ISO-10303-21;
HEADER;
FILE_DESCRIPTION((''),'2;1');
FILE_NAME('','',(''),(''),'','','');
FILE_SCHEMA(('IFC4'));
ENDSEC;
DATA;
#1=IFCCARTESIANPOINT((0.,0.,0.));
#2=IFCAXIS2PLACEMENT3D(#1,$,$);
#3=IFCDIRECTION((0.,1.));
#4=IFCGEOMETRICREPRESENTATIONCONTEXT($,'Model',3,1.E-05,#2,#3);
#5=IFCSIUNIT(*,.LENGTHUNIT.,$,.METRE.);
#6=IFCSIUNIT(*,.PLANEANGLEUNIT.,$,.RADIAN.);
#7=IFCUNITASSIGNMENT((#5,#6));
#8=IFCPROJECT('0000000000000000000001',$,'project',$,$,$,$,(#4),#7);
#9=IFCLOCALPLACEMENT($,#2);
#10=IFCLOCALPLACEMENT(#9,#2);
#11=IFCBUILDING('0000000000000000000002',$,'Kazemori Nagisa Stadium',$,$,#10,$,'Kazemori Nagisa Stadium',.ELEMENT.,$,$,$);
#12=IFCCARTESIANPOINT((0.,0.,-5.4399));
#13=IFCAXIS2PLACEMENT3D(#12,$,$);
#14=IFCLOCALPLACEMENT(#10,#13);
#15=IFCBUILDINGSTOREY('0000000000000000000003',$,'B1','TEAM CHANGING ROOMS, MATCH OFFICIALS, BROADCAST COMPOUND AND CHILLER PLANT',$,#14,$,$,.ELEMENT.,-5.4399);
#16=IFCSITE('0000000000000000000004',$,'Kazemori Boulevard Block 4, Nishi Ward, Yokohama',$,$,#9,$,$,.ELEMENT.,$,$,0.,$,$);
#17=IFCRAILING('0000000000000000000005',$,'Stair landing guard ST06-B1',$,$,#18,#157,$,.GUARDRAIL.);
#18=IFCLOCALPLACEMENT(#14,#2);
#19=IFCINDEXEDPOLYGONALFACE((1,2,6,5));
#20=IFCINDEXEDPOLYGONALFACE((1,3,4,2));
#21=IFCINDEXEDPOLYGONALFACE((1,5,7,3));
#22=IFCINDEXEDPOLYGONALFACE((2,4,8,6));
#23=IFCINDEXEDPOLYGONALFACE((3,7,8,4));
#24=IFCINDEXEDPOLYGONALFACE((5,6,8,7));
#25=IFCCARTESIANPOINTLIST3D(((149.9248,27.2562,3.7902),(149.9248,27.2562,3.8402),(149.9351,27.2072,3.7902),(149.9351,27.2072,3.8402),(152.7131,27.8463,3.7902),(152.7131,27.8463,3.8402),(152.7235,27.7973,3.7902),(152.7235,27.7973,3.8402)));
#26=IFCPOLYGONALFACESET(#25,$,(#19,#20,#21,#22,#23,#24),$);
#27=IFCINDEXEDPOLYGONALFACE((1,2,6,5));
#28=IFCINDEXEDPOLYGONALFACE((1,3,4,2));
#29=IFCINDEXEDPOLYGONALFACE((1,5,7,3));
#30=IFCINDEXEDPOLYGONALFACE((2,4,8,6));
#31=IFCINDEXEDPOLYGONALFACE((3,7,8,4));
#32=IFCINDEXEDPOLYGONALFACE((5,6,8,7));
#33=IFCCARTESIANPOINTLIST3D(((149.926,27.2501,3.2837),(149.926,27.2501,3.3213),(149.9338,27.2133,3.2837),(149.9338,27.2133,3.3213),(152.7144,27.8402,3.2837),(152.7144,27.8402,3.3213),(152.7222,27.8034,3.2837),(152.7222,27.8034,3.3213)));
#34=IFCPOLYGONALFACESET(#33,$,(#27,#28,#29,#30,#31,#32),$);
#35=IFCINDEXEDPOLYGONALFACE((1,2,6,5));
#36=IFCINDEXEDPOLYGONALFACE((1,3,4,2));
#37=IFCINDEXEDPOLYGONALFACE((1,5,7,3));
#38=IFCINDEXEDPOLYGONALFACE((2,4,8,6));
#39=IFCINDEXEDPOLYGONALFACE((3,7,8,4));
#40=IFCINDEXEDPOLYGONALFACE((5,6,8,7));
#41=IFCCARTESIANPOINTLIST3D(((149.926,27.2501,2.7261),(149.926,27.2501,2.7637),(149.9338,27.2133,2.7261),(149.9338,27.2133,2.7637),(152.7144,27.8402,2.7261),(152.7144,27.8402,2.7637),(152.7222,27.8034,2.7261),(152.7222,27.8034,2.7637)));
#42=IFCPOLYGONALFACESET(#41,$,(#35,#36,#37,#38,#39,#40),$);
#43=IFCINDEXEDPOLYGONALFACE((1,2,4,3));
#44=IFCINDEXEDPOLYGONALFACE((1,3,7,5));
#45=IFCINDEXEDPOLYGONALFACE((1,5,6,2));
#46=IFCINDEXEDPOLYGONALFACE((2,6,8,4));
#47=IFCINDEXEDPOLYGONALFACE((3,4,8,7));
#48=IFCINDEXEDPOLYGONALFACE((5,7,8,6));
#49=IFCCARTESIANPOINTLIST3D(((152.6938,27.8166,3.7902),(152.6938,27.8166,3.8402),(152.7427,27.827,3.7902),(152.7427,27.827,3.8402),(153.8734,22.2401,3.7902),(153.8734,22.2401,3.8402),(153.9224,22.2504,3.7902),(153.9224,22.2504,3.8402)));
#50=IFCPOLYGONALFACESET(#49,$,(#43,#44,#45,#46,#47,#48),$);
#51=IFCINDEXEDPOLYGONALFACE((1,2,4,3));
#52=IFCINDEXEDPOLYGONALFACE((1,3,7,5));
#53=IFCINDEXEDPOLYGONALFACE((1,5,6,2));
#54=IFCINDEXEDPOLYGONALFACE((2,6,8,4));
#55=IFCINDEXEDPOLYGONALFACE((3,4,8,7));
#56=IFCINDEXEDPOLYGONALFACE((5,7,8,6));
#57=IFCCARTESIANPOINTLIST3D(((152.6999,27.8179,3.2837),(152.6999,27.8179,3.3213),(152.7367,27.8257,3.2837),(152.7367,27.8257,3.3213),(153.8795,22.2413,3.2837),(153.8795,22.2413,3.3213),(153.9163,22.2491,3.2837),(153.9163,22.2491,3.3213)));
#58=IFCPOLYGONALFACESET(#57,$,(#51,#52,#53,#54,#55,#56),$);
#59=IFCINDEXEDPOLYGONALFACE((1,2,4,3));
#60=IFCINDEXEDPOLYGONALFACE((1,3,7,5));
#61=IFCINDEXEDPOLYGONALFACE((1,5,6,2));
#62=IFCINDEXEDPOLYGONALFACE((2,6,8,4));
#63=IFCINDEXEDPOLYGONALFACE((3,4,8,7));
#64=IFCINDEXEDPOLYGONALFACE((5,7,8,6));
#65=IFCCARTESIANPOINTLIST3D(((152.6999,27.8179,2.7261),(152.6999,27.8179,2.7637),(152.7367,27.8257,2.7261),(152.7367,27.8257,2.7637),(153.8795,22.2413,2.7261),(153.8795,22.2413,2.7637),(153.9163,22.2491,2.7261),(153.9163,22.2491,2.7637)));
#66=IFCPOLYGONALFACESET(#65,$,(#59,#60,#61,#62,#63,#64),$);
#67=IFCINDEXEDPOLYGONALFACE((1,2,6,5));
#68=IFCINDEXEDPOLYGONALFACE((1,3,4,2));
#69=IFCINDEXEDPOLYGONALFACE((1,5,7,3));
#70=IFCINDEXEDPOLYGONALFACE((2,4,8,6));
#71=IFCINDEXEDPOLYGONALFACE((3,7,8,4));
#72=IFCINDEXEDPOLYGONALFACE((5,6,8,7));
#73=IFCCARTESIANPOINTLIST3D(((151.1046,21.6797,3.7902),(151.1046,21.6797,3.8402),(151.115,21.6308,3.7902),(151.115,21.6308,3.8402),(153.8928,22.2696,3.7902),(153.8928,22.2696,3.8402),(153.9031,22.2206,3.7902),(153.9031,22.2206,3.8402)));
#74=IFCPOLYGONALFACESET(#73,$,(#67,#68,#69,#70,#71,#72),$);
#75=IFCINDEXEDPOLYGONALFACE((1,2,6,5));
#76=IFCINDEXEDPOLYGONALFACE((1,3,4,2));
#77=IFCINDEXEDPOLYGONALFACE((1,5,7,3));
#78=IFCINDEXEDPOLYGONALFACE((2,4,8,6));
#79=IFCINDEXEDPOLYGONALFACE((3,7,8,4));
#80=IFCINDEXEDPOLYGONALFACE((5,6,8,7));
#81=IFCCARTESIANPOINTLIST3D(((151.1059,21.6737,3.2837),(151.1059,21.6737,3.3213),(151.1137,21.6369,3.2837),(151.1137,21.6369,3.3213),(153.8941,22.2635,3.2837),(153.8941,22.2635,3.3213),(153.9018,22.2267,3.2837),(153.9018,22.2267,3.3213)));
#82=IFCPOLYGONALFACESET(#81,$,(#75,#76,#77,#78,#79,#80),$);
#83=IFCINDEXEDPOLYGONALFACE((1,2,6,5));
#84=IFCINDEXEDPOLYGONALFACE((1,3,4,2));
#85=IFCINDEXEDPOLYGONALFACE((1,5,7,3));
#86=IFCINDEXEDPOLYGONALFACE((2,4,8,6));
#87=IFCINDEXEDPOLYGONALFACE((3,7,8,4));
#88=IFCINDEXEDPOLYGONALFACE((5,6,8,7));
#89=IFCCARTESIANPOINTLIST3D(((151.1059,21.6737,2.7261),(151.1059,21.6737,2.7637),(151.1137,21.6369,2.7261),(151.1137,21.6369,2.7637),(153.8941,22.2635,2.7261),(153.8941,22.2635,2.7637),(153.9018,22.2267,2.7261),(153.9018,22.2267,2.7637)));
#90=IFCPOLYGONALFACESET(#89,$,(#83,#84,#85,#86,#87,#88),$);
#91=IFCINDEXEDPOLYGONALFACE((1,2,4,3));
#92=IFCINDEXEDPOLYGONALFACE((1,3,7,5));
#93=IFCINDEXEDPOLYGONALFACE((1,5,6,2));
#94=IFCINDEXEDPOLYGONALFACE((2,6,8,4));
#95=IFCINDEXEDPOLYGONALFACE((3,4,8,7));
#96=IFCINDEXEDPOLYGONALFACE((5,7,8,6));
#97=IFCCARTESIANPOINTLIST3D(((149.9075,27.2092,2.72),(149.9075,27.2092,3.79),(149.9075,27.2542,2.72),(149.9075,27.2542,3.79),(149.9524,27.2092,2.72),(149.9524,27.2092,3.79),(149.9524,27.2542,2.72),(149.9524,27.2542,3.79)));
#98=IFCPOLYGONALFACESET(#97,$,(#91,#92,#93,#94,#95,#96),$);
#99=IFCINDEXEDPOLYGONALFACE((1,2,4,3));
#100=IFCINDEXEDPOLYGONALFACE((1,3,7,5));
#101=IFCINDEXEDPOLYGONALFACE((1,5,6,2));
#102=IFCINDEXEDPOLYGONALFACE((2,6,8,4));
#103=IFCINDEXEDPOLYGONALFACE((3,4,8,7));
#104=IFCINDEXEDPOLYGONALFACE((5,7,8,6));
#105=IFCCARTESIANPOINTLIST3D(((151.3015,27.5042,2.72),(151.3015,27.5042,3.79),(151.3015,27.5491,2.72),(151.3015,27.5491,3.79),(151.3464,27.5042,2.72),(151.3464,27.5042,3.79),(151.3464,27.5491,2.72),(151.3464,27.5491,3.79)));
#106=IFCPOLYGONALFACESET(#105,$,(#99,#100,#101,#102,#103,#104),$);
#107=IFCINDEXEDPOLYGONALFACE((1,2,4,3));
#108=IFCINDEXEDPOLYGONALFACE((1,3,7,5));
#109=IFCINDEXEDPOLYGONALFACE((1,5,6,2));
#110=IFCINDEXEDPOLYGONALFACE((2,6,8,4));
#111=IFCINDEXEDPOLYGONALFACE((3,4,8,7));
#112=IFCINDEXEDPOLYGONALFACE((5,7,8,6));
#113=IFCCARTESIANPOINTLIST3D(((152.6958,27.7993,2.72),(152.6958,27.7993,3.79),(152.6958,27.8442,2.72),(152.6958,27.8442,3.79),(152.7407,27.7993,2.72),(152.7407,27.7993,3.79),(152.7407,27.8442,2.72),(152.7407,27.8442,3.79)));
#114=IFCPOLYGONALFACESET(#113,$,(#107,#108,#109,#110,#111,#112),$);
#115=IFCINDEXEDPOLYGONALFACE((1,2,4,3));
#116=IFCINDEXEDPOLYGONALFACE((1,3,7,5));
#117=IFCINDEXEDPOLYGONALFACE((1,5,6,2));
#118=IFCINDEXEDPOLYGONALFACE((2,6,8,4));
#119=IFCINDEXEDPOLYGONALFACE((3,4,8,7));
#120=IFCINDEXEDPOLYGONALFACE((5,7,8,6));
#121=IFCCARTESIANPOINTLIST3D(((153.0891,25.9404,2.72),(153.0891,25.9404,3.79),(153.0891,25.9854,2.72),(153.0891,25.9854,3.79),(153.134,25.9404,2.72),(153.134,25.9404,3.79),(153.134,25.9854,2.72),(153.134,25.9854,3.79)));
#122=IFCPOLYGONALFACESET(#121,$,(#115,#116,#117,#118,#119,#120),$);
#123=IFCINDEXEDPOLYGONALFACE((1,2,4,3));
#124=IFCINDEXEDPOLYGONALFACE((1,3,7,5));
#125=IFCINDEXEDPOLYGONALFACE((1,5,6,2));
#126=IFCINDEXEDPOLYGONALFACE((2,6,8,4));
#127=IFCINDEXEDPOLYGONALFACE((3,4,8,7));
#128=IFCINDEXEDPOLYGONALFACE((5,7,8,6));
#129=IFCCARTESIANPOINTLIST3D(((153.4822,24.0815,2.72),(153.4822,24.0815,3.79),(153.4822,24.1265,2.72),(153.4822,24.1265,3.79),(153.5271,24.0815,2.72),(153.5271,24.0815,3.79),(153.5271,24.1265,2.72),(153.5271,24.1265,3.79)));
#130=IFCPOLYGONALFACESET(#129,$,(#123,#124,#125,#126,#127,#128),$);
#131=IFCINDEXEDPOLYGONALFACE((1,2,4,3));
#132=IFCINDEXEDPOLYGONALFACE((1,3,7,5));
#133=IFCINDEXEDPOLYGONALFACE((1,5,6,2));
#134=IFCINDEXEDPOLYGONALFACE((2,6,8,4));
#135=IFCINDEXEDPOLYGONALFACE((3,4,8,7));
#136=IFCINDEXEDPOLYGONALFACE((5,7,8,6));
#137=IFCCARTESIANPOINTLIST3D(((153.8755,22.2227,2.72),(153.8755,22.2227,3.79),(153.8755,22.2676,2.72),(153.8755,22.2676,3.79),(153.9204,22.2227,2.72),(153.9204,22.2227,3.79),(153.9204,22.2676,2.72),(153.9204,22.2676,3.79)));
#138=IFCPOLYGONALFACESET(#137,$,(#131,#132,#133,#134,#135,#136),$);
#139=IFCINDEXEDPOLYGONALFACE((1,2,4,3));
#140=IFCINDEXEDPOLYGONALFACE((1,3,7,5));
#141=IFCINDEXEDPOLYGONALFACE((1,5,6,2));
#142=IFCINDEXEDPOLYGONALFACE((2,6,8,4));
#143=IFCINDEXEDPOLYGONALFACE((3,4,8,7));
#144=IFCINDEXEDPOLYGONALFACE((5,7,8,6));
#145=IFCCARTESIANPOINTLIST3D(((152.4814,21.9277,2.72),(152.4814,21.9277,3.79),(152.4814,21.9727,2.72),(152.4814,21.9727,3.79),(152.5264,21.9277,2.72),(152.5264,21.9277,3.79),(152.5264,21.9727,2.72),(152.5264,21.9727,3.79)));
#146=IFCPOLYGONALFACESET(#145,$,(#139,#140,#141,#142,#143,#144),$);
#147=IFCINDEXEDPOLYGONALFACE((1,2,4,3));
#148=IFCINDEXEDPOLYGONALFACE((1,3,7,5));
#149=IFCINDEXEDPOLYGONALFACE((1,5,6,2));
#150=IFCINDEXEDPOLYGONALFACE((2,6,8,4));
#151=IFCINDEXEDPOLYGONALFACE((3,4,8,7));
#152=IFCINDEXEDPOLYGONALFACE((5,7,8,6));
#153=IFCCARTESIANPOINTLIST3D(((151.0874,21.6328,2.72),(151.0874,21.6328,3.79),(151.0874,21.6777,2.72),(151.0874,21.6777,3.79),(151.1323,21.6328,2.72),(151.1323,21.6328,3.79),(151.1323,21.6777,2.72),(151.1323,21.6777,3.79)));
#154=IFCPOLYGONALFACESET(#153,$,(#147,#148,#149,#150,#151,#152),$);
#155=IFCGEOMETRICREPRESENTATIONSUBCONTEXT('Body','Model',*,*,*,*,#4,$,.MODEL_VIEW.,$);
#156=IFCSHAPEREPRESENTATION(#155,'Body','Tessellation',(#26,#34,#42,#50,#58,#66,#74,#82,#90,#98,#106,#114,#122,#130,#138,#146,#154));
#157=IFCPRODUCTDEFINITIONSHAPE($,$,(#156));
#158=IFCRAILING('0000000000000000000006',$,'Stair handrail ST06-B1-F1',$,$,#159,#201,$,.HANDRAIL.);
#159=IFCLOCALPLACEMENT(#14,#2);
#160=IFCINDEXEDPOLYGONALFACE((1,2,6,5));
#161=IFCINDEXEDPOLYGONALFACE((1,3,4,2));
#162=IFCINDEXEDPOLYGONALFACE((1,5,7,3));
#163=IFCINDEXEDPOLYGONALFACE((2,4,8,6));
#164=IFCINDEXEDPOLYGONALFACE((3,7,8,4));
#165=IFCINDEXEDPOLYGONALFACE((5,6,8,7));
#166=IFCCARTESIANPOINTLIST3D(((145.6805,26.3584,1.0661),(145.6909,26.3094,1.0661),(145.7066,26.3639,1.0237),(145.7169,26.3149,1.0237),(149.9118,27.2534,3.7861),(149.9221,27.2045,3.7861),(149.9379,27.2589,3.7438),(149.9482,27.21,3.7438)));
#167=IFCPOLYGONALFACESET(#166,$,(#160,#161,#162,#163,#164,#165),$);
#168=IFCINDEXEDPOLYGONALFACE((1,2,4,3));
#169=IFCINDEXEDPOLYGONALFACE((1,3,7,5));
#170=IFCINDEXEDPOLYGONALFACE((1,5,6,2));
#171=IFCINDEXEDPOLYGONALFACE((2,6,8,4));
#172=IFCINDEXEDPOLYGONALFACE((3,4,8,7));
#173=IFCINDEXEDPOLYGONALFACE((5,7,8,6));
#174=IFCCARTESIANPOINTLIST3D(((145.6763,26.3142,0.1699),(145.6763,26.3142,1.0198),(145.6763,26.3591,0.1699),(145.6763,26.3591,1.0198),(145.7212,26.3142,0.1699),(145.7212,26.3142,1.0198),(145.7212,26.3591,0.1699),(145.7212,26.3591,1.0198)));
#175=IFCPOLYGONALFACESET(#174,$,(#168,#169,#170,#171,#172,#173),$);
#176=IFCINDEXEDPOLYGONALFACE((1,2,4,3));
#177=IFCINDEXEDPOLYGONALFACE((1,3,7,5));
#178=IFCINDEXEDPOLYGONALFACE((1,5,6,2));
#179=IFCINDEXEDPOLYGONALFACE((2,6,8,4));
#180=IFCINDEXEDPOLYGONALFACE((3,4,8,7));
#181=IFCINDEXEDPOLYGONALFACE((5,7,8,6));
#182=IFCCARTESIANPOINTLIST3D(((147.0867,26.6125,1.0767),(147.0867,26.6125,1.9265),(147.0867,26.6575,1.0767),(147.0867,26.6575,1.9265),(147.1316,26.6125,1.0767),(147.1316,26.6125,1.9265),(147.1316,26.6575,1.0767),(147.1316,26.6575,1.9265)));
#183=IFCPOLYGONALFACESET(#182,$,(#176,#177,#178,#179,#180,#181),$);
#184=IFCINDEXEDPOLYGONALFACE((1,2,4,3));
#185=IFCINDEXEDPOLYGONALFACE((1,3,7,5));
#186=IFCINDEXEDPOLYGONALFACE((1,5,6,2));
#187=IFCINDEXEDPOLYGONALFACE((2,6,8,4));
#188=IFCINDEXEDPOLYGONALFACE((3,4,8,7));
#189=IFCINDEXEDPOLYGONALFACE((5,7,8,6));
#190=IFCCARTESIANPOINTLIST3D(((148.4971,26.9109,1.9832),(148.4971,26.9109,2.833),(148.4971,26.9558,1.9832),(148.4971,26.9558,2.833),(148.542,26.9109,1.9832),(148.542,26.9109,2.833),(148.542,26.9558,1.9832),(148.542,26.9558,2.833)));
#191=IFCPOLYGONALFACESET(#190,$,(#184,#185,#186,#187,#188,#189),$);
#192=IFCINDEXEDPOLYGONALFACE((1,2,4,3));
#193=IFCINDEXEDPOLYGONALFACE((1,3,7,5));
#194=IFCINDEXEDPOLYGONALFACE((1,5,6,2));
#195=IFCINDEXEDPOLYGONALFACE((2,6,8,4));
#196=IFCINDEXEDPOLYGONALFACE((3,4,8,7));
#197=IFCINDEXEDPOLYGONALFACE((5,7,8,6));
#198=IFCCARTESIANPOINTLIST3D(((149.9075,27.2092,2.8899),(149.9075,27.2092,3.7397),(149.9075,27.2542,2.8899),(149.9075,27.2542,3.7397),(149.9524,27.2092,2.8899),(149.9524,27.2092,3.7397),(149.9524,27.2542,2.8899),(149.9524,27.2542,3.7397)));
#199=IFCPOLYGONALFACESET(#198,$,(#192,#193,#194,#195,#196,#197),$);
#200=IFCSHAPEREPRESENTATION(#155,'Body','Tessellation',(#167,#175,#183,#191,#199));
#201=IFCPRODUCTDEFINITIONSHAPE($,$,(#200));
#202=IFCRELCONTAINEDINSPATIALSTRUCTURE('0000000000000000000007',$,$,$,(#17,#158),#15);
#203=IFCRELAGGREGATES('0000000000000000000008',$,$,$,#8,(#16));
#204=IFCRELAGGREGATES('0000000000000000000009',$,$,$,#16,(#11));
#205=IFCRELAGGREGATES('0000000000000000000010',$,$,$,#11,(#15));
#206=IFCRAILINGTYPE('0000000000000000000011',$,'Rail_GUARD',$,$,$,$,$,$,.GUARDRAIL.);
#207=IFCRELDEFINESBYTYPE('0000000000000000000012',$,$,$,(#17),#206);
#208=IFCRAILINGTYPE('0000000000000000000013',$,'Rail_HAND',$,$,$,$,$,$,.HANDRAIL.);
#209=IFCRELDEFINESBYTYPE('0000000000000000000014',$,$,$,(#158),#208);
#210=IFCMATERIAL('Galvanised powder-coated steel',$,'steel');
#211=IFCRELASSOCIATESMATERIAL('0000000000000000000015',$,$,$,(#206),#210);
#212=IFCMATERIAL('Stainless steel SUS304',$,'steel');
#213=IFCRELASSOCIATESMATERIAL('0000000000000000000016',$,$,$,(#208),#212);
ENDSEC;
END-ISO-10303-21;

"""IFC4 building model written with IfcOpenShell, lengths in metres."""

from ifc_helpers import new_model, si_unit, direction, frame, origin, origin_2d, place, context, subcontext, project, spatial, rectangle, extrude, material, type_object, element, save


model = new_model("IFC4")

# Units and contexts
model_context = context("Model", 3, precision=1e-05, world=origin(), true_north=direction((0.0, 1.0)))
body_context = subcontext(model_context, "Body", "Model", "MODEL_VIEW")
ifc_project = project(units=[si_unit("LENGTHUNIT", "METRE"), si_unit("PLANEANGLEUNIT", "RADIAN")], contexts=[model_context])

# Site, building, storey
site_placement = place(None, origin())
site = spatial("IfcSite", under=ifc_project, at=site_placement, Name="Kazemori Boulevard Block 4, Nishi Ward, Yokohama", CompositionType="ELEMENT", RefElevation=0.0)
building_placement = place(site_placement, origin())
building = spatial("IfcBuilding", under=site, at=building_placement, Name="Kazemori Nagisa Stadium", LongName="Kazemori Nagisa Stadium", CompositionType="ELEMENT")
storey_placement = place(building_placement, frame((0.0, 0.0, -5.4399)))
storey = spatial("IfcBuildingStorey", under=building, at=storey_placement, Name="B1", Description="TEAM CHANGING ROOMS, MATCH OFFICIALS, BROADCAST COMPOUND AND CHILLER PLANT", CompositionType="ELEMENT", Elevation=-5.4399)

# Shared definitions
ifc_material_1 = material(Name="Stainless steel SUS304", Category="steel")

# Railings
ifc_material_2 = material(Name="Galvanised powder-coated steel", Category="steel")
railing_type_1 = type_object("IfcRailingType", Name="Rail_GUARD", PredefinedType="GUARDRAIL", material=ifc_material_2)
railing_1_placement = place(storey_placement, frame((149.9299, 27.2317, 2.72)))
element("IfcRailing", 1, at=railing_1_placement, inside=storey, type_object=railing_type_1, Name="Stair landing guard ST06-B1", PredefinedType="GUARDRAIL", context=body_context, shape_type="SweptSolid", body=[
    extrude(rectangle(XDim=0.05, YDim=0.05, at=origin_2d()), frame((0.0, 0.0, 1.0952), z_axis=(0.978332, 0.207042, 0.0), x_axis=(-0.207042, 0.978332, 0.0)), (0.0, 0.0, 1.0), 2.8501),
    extrude(rectangle(XDim=0.0376, YDim=0.0376, at=origin_2d()), frame((0.0, 0.0, 0.5825), z_axis=(0.978332, 0.207042, 0.0), x_axis=(-0.207042, 0.978332, 0.0)), (0.0, 0.0, 1.0), 2.8501),
    extrude(rectangle(XDim=0.0376, YDim=0.0376, at=origin_2d()), frame((0.0, 0.0, 0.0249), z_axis=(0.978332, 0.207042, 0.0), x_axis=(-0.207042, 0.978332, 0.0)), (0.0, 0.0, 1.0), 2.8501),
    extrude(rectangle(XDim=0.05, YDim=0.05, at=origin_2d()), frame((2.7883, 0.5901, 1.0952), z_axis=(0.20696, -0.978349, 0.0), x_axis=(0.978349, 0.20696, 0.0)), (0.0, 0.0, 1.0), 5.7),
    extrude(rectangle(XDim=0.0376, YDim=0.0376, at=origin_2d()), frame((2.7883, 0.5901, 0.5825), z_axis=(0.20696, -0.978349, 0.0), x_axis=(0.978349, 0.20696, 0.0)), (0.0, 0.0, 1.0), 5.7),
    extrude(rectangle(XDim=0.0376, YDim=0.0376, at=origin_2d()), frame((2.7883, 0.5901, 0.0249), z_axis=(0.20696, -0.978349, 0.0), x_axis=(0.978349, 0.20696, 0.0)), (0.0, 0.0, 1.0), 5.7),
    extrude(rectangle(XDim=0.05, YDim=0.05, at=origin_2d()), frame((3.968, -4.9866, 1.0952), z_axis=(-0.978346, -0.206978, 0.0), x_axis=(0.206978, -0.978346, 0.0)), (0.0, 0.0, 1.0), 2.8499),
    extrude(rectangle(XDim=0.0376, YDim=0.0376, at=origin_2d()), frame((3.968, -4.9866, 0.5825), z_axis=(-0.978346, -0.206978, 0.0), x_axis=(0.206978, -0.978346, 0.0)), (0.0, 0.0, 1.0), 2.8499),
    extrude(rectangle(XDim=0.0376, YDim=0.0376, at=origin_2d()), frame((3.968, -4.9866, 0.0249), z_axis=(-0.978346, -0.206978, 0.0), x_axis=(0.206978, -0.978346, 0.0)), (0.0, 0.0, 1.0), 2.8499),
    extrude(rectangle(XDim=0.0449, YDim=0.0449, at=origin_2d()), origin(), (0.0, 0.0, 1.0), 1.0701),
    extrude(rectangle(XDim=0.0449, YDim=0.0449, at=origin_2d()), frame((1.394, 0.2949, 0.0)), (0.0, 0.0, 1.0), 1.0701),
    extrude(rectangle(XDim=0.0449, YDim=0.0449, at=origin_2d()), frame((2.7883, 0.5901, 0.0)), (0.0, 0.0, 1.0), 1.0701),
    extrude(rectangle(XDim=0.0449, YDim=0.0449, at=origin_2d()), frame((3.1816, -1.2688, 0.0)), (0.0, 0.0, 1.0), 1.0701),
    extrude(rectangle(XDim=0.0449, YDim=0.0449, at=origin_2d()), frame((3.5747, -3.1277, 0.0)), (0.0, 0.0, 1.0), 1.0701),
    extrude(rectangle(XDim=0.0449, YDim=0.0449, at=origin_2d()), frame((3.968, -4.9866, 0.0)), (0.0, 0.0, 1.0), 1.0701),
    extrude(rectangle(XDim=0.0449, YDim=0.0449, at=origin_2d()), frame((2.574, -5.2815, 0.0)), (0.0, 0.0, 1.0), 1.0701),
    extrude(rectangle(XDim=0.0449, YDim=0.0449, at=origin_2d()), frame((1.1799, -5.5764, 0.0)), (0.0, 0.0, 1.0), 1.0701),
])
railing_type_2 = type_object("IfcRailingType", Name="Rail_HAND", PredefinedType="HANDRAIL", material=ifc_material_1)
railing_2_placement = place(storey_placement, frame((145.6987, 26.3367, 0.1699)))
element("IfcRailing", 2, at=railing_2_placement, inside=storey, type_object=railing_type_2, Name="Stair handrail ST06-B1-F1", PredefinedType="HANDRAIL", context=body_context, shape_type="SweptSolid", body=[
    extrude(rectangle(XDim=0.05, YDim=0.05, at=origin_2d()), frame((0.0, 0.0, 0.875), z_axis=(0.828178, 0.175183, 0.532383), x_axis=(-0.206949, 0.978352, 0.0)), (0.0, 0.0, 1.0), 5.1091),
    extrude(rectangle(XDim=0.0449, YDim=0.0449, at=origin_2d()), origin(), (0.0, 0.0, 1.0), 0.8499),
    extrude(rectangle(XDim=0.0449, YDim=0.0449, at=origin_2d()), frame((1.4104, 0.2983, 0.9067)), (0.0, 0.0, 1.0), 0.8499),
    extrude(rectangle(XDim=0.0449, YDim=0.0449, at=origin_2d()), frame((2.8208, 0.5967, 1.8132)), (0.0, 0.0, 1.0), 0.8499),
    extrude(rectangle(XDim=0.0449, YDim=0.0449, at=origin_2d()), frame((4.2312, 0.895, 2.72)), (0.0, 0.0, 1.0), 0.8499),
])

save(model, "model.ifc")
